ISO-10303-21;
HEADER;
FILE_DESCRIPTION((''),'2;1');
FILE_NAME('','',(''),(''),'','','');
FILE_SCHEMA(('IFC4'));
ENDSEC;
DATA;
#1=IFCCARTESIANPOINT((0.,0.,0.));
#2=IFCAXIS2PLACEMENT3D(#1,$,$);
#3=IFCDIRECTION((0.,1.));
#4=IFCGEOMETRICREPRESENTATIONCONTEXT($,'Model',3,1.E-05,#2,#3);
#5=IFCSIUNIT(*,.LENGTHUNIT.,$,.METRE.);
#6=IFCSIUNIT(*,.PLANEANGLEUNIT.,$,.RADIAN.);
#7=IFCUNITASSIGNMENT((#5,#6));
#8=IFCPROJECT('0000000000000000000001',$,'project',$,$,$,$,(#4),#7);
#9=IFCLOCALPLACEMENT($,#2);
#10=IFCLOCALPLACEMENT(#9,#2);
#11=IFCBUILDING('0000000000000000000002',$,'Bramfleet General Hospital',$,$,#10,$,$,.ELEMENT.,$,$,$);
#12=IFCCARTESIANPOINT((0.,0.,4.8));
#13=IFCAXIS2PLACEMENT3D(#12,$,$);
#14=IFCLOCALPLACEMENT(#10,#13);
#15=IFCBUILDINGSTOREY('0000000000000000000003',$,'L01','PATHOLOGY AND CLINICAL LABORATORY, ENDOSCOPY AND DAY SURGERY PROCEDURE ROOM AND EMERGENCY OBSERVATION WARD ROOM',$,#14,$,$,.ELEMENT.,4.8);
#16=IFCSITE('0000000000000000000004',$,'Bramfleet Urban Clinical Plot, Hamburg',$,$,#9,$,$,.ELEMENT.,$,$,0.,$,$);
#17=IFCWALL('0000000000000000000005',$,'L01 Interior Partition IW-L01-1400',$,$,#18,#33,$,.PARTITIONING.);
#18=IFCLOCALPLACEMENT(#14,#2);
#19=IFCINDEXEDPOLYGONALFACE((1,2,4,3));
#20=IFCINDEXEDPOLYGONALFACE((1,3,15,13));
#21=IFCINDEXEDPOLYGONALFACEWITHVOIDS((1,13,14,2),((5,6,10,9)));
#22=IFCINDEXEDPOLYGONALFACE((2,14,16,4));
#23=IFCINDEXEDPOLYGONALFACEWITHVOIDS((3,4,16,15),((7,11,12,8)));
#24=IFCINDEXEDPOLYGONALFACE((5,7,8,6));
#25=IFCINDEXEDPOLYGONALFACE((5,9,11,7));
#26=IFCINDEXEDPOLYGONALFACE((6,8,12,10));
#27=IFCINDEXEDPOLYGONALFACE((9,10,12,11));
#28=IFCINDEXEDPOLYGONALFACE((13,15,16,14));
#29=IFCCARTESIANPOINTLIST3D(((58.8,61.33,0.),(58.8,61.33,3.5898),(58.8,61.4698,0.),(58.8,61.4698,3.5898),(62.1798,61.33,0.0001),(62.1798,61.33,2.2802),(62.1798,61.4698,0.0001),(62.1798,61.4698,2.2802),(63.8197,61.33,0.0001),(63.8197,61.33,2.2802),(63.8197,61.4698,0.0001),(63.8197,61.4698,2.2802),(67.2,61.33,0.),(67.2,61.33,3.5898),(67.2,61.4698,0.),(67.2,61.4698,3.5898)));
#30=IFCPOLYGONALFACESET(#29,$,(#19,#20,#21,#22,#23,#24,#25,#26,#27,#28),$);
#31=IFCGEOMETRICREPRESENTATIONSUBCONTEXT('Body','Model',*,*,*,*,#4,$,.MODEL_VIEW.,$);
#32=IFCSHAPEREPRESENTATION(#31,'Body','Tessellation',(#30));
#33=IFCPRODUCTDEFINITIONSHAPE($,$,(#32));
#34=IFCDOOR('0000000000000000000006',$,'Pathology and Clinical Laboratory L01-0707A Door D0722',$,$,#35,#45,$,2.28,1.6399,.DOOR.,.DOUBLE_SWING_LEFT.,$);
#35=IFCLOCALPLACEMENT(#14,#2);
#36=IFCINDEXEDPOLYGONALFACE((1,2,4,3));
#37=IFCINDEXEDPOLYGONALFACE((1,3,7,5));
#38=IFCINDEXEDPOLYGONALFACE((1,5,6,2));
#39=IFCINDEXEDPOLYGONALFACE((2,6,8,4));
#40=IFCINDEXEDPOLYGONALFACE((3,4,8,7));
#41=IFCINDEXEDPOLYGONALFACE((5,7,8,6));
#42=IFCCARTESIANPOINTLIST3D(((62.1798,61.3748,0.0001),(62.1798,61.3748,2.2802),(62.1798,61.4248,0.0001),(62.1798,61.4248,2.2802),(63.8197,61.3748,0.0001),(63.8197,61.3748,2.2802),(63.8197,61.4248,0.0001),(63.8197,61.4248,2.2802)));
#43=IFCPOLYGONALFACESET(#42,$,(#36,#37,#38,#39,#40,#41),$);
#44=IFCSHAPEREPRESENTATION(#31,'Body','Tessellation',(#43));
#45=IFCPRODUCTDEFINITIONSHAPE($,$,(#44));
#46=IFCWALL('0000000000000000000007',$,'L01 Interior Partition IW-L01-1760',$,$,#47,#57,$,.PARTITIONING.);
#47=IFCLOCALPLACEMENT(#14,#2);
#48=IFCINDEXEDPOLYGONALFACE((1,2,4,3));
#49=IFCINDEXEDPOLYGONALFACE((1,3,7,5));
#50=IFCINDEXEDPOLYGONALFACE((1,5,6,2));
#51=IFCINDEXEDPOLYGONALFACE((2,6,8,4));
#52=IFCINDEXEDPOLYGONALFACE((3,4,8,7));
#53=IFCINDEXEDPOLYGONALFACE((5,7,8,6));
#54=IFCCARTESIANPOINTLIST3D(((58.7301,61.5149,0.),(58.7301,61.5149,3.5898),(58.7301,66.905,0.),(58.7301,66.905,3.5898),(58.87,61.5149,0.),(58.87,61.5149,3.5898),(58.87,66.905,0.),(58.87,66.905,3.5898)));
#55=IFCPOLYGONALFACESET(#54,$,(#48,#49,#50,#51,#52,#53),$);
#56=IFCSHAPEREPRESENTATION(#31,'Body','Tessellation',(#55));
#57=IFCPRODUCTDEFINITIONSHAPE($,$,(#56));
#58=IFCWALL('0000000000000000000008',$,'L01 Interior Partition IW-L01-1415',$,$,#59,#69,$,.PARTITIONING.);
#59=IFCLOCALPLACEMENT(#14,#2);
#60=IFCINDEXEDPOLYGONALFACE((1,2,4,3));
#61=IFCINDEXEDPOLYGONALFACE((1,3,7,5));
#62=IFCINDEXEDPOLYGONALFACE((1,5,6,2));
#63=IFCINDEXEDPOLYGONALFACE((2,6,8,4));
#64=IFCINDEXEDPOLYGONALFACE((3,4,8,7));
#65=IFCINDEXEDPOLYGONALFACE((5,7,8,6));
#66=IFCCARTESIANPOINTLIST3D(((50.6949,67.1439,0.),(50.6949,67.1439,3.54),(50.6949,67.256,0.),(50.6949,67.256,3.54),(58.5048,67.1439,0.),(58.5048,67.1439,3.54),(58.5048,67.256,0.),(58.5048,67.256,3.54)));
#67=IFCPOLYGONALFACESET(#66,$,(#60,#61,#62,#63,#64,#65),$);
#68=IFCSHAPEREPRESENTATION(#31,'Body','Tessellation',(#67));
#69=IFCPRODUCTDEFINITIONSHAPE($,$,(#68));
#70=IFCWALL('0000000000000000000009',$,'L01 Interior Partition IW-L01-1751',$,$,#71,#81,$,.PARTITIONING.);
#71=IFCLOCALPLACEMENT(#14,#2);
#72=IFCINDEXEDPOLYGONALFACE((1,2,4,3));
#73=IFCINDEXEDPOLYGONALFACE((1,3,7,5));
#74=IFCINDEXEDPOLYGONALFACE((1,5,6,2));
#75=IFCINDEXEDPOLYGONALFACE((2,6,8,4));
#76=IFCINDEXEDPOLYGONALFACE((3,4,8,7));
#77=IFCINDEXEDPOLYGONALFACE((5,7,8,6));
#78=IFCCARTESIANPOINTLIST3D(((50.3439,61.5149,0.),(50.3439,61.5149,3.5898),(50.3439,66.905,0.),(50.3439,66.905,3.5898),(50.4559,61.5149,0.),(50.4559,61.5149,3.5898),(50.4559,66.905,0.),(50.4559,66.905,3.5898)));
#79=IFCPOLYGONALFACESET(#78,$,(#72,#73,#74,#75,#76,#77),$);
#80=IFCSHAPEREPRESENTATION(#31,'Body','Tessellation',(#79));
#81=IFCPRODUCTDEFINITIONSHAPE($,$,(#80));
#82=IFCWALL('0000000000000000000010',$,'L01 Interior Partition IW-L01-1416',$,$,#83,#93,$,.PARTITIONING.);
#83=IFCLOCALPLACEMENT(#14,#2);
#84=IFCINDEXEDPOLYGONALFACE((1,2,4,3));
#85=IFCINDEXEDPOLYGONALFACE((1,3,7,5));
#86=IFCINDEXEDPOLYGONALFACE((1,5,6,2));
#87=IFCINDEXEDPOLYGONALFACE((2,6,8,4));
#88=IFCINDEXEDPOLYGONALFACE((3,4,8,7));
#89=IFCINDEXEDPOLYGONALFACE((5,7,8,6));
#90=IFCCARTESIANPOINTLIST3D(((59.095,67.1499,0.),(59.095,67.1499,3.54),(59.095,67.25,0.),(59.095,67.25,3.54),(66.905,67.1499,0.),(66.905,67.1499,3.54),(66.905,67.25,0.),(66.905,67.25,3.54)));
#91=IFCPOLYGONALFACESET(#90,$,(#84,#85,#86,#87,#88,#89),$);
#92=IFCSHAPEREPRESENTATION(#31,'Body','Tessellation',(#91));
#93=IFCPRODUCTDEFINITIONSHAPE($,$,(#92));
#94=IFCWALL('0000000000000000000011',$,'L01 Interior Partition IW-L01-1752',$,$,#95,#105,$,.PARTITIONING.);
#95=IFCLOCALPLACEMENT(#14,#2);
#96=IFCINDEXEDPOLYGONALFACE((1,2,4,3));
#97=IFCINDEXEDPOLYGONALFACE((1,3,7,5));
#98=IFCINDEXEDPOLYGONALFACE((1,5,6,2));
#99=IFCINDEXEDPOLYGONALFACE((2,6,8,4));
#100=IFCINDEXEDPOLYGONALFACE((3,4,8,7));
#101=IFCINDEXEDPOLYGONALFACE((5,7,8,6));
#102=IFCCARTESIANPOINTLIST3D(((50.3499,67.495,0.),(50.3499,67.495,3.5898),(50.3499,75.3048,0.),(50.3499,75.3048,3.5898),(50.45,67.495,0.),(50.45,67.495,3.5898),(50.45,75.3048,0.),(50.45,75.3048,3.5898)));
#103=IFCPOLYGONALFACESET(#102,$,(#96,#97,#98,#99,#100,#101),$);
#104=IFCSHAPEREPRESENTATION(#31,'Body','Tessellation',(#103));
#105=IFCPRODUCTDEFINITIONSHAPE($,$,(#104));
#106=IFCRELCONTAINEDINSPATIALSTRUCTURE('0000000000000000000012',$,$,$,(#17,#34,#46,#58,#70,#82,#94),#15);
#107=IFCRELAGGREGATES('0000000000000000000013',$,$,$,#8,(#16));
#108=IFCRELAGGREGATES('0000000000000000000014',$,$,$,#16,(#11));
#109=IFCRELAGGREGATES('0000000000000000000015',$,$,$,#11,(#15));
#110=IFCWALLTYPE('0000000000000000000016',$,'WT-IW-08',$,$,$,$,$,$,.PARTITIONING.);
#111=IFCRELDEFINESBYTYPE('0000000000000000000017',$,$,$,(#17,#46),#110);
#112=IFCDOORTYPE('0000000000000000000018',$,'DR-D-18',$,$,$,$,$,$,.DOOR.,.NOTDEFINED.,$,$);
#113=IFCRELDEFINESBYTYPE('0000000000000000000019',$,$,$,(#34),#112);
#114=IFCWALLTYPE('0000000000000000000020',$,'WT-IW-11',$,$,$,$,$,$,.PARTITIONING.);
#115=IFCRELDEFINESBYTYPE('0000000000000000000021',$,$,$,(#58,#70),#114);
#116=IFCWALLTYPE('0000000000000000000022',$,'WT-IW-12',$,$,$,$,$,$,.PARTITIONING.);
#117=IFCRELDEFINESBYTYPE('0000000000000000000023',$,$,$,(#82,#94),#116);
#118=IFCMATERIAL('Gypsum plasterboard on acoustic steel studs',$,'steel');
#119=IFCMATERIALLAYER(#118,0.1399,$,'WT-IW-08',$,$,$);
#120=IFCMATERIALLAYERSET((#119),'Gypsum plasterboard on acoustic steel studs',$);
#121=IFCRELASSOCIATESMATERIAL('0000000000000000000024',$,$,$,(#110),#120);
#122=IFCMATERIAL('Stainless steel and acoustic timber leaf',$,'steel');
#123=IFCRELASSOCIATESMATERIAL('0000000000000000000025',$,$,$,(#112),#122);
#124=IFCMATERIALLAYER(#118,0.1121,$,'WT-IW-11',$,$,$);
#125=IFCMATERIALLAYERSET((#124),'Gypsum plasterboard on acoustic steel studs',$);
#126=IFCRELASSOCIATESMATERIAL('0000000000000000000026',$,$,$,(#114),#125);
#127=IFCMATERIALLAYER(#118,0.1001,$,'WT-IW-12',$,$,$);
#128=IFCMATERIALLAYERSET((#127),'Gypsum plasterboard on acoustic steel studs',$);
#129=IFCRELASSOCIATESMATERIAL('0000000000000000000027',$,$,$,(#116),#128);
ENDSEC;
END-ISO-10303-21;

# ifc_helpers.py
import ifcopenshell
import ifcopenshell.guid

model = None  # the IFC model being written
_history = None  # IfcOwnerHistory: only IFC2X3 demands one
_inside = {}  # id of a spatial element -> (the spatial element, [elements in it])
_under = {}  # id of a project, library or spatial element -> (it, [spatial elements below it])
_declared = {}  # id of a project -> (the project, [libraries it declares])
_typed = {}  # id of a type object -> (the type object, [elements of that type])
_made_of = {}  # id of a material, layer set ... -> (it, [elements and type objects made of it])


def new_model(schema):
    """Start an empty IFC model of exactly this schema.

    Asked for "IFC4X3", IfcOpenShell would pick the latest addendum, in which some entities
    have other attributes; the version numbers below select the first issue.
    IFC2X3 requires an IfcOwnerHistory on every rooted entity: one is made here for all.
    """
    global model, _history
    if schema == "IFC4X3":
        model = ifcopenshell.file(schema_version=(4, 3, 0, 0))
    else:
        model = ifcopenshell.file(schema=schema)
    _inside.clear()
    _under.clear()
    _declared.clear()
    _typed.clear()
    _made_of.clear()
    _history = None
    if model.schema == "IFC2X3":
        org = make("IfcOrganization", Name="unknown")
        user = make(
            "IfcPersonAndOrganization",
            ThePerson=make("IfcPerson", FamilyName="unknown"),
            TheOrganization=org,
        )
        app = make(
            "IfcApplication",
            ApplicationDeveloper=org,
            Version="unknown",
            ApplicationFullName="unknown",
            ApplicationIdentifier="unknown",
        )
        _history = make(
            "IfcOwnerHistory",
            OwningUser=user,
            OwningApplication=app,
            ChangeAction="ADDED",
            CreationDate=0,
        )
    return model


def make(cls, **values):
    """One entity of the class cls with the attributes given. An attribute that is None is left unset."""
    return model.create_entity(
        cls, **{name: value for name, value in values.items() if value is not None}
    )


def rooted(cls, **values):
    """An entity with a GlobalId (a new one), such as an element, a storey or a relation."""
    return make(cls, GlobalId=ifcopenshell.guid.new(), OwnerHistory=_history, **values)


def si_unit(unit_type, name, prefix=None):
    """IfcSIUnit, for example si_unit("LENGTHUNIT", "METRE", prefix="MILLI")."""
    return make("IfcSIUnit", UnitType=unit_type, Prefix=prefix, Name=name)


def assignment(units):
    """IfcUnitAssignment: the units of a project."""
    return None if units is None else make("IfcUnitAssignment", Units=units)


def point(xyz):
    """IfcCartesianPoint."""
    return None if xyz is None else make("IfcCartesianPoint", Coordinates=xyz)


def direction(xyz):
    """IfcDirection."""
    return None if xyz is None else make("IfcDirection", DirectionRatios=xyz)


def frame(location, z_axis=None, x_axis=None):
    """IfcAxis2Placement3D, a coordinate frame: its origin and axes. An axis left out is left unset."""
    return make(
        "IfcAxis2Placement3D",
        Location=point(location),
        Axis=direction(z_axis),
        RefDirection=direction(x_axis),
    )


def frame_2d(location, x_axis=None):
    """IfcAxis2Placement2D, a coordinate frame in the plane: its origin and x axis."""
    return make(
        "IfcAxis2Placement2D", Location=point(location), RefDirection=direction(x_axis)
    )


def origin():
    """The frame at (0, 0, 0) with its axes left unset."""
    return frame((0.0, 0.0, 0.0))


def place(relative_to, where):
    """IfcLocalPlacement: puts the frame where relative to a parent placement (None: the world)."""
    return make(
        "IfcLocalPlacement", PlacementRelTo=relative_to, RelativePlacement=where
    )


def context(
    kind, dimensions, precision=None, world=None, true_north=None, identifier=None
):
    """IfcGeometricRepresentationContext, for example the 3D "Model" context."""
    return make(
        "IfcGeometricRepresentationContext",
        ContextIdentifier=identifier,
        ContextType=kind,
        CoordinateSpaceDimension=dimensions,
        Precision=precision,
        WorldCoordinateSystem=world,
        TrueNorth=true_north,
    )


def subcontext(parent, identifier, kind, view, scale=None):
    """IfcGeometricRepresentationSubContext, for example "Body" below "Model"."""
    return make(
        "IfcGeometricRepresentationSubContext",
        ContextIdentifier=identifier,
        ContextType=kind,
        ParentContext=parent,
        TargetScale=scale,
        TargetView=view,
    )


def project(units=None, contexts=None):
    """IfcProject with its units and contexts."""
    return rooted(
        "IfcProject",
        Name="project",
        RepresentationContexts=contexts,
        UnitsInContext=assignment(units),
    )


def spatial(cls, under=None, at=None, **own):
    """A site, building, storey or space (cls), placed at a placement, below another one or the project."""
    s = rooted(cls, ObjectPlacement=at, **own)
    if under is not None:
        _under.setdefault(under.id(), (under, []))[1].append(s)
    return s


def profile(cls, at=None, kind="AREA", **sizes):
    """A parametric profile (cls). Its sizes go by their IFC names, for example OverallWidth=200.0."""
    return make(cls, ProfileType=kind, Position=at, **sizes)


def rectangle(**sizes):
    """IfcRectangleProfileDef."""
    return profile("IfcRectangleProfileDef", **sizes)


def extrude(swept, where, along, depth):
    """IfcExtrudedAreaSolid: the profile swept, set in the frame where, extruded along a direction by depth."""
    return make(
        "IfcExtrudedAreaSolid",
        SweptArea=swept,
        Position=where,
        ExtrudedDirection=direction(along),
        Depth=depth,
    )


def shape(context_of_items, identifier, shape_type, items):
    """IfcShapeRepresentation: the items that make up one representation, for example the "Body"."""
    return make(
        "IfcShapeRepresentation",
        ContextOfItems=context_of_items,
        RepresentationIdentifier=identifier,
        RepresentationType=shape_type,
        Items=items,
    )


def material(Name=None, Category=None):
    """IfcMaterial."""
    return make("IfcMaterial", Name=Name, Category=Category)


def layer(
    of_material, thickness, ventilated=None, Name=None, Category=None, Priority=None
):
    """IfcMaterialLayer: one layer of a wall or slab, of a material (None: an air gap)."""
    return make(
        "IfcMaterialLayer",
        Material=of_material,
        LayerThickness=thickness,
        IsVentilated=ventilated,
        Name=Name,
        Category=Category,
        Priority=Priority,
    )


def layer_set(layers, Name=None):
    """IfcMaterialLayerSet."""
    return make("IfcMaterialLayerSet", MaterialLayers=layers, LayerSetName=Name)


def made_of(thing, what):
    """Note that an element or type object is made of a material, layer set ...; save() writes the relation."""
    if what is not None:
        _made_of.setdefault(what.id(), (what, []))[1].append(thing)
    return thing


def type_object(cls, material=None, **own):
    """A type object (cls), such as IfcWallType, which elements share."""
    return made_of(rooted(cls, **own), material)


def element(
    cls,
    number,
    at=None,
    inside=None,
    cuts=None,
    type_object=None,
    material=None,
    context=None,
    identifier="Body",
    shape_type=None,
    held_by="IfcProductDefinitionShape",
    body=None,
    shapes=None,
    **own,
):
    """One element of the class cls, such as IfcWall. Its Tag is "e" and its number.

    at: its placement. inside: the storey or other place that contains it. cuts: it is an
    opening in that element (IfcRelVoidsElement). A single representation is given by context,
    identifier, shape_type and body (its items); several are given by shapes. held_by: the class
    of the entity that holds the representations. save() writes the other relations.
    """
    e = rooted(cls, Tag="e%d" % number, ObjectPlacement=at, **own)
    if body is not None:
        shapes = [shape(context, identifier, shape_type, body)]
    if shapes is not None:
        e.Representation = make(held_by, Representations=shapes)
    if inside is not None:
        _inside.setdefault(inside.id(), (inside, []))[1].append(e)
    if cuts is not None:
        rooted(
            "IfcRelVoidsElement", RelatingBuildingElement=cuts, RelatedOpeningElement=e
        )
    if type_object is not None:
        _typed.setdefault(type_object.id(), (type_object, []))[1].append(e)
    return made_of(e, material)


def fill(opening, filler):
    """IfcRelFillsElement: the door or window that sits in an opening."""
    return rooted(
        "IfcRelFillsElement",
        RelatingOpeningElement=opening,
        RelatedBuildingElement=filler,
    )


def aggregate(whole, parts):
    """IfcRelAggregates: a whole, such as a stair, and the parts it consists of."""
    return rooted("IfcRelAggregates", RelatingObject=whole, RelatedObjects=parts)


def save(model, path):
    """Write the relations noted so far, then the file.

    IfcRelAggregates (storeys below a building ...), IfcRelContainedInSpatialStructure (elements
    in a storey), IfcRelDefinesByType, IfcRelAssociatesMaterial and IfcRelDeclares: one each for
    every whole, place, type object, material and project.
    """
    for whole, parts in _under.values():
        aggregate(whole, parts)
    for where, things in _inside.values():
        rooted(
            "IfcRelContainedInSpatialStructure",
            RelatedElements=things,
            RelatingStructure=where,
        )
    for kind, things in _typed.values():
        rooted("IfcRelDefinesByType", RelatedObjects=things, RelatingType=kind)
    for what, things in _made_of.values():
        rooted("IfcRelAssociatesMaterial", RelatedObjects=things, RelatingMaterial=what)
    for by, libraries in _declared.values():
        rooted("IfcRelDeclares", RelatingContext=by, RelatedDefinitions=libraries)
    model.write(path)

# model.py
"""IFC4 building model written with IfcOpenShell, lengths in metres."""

from ifc_helpers import new_model, si_unit, direction, frame, frame_2d, origin, place, context, subcontext, project, spatial, rectangle, extrude, material, layer, layer_set, type_object, element, fill, save


model = new_model("IFC4")

# Units and contexts
model_context = context("Model", 3, precision=1e-05, world=origin(), true_north=direction((0.0, 1.0)))
body_context = subcontext(model_context, "Body", "Model", "MODEL_VIEW")
ifc_project = project(units=[si_unit("LENGTHUNIT", "METRE"), si_unit("PLANEANGLEUNIT", "RADIAN")], contexts=[model_context])

# Site, building, storey
site_placement = place(None, origin())
site = spatial("IfcSite", under=ifc_project, at=site_placement, Name="Bramfleet Urban Clinical Plot, Hamburg", CompositionType="ELEMENT", RefElevation=0.0)
building_placement = place(site_placement, origin())
building = spatial("IfcBuilding", under=site, at=building_placement, Name="Bramfleet General Hospital", CompositionType="ELEMENT")
storey_placement = place(building_placement, frame((0.0, 0.0, 4.8)))
storey = spatial("IfcBuildingStorey", under=building, at=storey_placement, Name="L01", Description="PATHOLOGY AND CLINICAL LABORATORY, ENDOSCOPY AND DAY SURGERY PROCEDURE ROOM AND EMERGENCY OBSERVATION WARD ROOM", CompositionType="ELEMENT", Elevation=4.8)

# Wall, opening, door
ifc_material_1 = material(Name="Gypsum plasterboard on acoustic steel studs", Category="steel")
ifc_material_2 = material(Name="Stainless steel and acoustic timber leaf", Category="steel")
ifc_layer_1 = layer(ifc_material_1, 0.1399, Name="WT-IW-08")
ifc_layer_set_1 = layer_set([ifc_layer_1], Name="Gypsum plasterboard on acoustic steel studs")
wall_type_1 = type_object("IfcWallType", Name="WT-IW-08", PredefinedType="PARTITIONING", material=ifc_layer_set_1)
wall_1_placement = place(storey_placement, frame((58.8, 61.3999, 0.0), z_axis=(0.0, 0.0, 1.0), x_axis=(1.0, 0.0, 0.0)))
wall_1 = element("IfcWall", 1, at=wall_1_placement, inside=storey, type_object=wall_type_1, Name="L01 Interior Partition IW-L01-1400", PredefinedType="PARTITIONING", context=body_context, shape_type="SweptSolid", body=[
    extrude(rectangle(XDim=8.3999, YDim=0.1399, at=frame_2d((4.2, 0.0))), origin(), (0.0, 0.0, 1.0), 3.5898),
])
opening_1_placement = place(wall_1_placement, frame((3.3799, 0.0, 0.0)))
opening_1 = element("IfcOpeningElement", 2, at=opening_1_placement, cuts=wall_1, PredefinedType="OPENING", context=body_context, shape_type="SweptSolid", body=[
    extrude(rectangle(XDim=1.6399, YDim=2.28, at=frame_2d((0.8198, 1.1401))), frame((0.0, 0.0798, 0.0), z_axis=(0.0, -1.0, 0.0), x_axis=(1.0, 0.0, 0.0)), (0.0, 0.0, 1.0), 0.1599),
])
door_type_1 = type_object("IfcDoorType", Name="DR-D-18", OperationType="NOTDEFINED", PredefinedType="DOOR", material=ifc_material_2)
door_1_placement = place(opening_1_placement, origin())
door_1 = element("IfcDoor", 3, at=door_1_placement, inside=storey, type_object=door_type_1, Name="Pathology and Clinical Laboratory L01-0707A Door D0722", OperationType="DOUBLE_SWING_LEFT", OverallHeight=2.28, OverallWidth=1.6399, PredefinedType="DOOR", context=body_context, shape_type="SweptSolid", body=[
    extrude(rectangle(XDim=1.6399, YDim=2.28, at=frame_2d((0.8198, 1.1401))), frame((0.0, 0.0249, 0.0), z_axis=(0.0, -1.0, 0.0), x_axis=(1.0, 0.0, 0.0)), (0.0, 0.0, 1.0), 0.05),
])
fill(opening_1, door_1)

# Walls
wall_2_placement = place(storey_placement, frame((58.8, 61.5149, 0.0), z_axis=(0.0, 0.0, 1.0), x_axis=(0.0, 1.0, 0.0)))
element("IfcWall", 4, at=wall_2_placement, inside=storey, type_object=wall_type_1, Name="L01 Interior Partition IW-L01-1760", PredefinedType="PARTITIONING", context=body_context, shape_type="SweptSolid", body=[
    extrude(rectangle(XDim=5.3901, YDim=0.1399, at=frame_2d((2.6951, 0.0))), origin(), (0.0, 0.0, 1.0), 3.5898),
])
ifc_layer_2 = layer(ifc_material_1, 0.1121, Name="WT-IW-11")
ifc_layer_set_2 = layer_set([ifc_layer_2], Name="Gypsum plasterboard on acoustic steel studs")
wall_type_2 = type_object("IfcWallType", Name="WT-IW-11", PredefinedType="PARTITIONING", material=ifc_layer_set_2)
wall_3_placement = place(storey_placement, frame((50.6951, 67.2, 0.0), z_axis=(0.0, 0.0, 1.0), x_axis=(1.0, 0.0, 0.0)))
element("IfcWall", 5, at=wall_3_placement, inside=storey, type_object=wall_type_2, Name="L01 Interior Partition IW-L01-1415", PredefinedType="PARTITIONING", context=body_context, shape_type="SweptSolid", body=[
    extrude(rectangle(XDim=7.8098, YDim=0.1121, at=frame_2d((3.9048, 0.0))), origin(), (0.0, 0.0, 1.0), 3.54),
])
wall_4_placement = place(storey_placement, frame((50.3999, 61.5149, 0.0), z_axis=(0.0, 0.0, 1.0), x_axis=(0.0, 1.0, 0.0)))
element("IfcWall", 6, at=wall_4_placement, inside=storey, type_object=wall_type_2, Name="L01 Interior Partition IW-L01-1751", PredefinedType="PARTITIONING", context=body_context, shape_type="SweptSolid", body=[
    extrude(rectangle(XDim=5.3901, YDim=0.1121, at=frame_2d((2.6951, 0.0))), origin(), (0.0, 0.0, 1.0), 3.5898),
])
ifc_layer_3 = layer(ifc_material_1, 0.1001, Name="WT-IW-12")
ifc_layer_set_3 = layer_set([ifc_layer_3], Name="Gypsum plasterboard on acoustic steel studs")
wall_type_3 = type_object("IfcWallType", Name="WT-IW-12", PredefinedType="PARTITIONING", material=ifc_layer_set_3)
wall_5_placement = place(storey_placement, frame((59.095, 67.2, 0.0), z_axis=(0.0, 0.0, 1.0), x_axis=(1.0, 0.0, 0.0)))
element("IfcWall", 7, at=wall_5_placement, inside=storey, type_object=wall_type_3, Name="L01 Interior Partition IW-L01-1416", PredefinedType="PARTITIONING", context=body_context, shape_type="SweptSolid", body=[
    extrude(rectangle(XDim=7.8101, YDim=0.1001, at=frame_2d((3.905, 0.0))), origin(), (0.0, 0.0, 1.0), 3.54),
])
wall_6_placement = place(storey_placement, frame((50.3999, 67.4951, 0.0), z_axis=(0.0, 0.0, 1.0), x_axis=(0.0, 1.0, 0.0)))
element("IfcWall", 8, at=wall_6_placement, inside=storey, type_object=wall_type_3, Name="L01 Interior Partition IW-L01-1752", PredefinedType="PARTITIONING", context=body_context, shape_type="SweptSolid", body=[
    extrude(rectangle(XDim=7.8098, YDim=0.1001, at=frame_2d((3.9048, 0.0))), origin(), (0.0, 0.0, 1.0), 3.5898),
])

save(model, "model.ifc")
